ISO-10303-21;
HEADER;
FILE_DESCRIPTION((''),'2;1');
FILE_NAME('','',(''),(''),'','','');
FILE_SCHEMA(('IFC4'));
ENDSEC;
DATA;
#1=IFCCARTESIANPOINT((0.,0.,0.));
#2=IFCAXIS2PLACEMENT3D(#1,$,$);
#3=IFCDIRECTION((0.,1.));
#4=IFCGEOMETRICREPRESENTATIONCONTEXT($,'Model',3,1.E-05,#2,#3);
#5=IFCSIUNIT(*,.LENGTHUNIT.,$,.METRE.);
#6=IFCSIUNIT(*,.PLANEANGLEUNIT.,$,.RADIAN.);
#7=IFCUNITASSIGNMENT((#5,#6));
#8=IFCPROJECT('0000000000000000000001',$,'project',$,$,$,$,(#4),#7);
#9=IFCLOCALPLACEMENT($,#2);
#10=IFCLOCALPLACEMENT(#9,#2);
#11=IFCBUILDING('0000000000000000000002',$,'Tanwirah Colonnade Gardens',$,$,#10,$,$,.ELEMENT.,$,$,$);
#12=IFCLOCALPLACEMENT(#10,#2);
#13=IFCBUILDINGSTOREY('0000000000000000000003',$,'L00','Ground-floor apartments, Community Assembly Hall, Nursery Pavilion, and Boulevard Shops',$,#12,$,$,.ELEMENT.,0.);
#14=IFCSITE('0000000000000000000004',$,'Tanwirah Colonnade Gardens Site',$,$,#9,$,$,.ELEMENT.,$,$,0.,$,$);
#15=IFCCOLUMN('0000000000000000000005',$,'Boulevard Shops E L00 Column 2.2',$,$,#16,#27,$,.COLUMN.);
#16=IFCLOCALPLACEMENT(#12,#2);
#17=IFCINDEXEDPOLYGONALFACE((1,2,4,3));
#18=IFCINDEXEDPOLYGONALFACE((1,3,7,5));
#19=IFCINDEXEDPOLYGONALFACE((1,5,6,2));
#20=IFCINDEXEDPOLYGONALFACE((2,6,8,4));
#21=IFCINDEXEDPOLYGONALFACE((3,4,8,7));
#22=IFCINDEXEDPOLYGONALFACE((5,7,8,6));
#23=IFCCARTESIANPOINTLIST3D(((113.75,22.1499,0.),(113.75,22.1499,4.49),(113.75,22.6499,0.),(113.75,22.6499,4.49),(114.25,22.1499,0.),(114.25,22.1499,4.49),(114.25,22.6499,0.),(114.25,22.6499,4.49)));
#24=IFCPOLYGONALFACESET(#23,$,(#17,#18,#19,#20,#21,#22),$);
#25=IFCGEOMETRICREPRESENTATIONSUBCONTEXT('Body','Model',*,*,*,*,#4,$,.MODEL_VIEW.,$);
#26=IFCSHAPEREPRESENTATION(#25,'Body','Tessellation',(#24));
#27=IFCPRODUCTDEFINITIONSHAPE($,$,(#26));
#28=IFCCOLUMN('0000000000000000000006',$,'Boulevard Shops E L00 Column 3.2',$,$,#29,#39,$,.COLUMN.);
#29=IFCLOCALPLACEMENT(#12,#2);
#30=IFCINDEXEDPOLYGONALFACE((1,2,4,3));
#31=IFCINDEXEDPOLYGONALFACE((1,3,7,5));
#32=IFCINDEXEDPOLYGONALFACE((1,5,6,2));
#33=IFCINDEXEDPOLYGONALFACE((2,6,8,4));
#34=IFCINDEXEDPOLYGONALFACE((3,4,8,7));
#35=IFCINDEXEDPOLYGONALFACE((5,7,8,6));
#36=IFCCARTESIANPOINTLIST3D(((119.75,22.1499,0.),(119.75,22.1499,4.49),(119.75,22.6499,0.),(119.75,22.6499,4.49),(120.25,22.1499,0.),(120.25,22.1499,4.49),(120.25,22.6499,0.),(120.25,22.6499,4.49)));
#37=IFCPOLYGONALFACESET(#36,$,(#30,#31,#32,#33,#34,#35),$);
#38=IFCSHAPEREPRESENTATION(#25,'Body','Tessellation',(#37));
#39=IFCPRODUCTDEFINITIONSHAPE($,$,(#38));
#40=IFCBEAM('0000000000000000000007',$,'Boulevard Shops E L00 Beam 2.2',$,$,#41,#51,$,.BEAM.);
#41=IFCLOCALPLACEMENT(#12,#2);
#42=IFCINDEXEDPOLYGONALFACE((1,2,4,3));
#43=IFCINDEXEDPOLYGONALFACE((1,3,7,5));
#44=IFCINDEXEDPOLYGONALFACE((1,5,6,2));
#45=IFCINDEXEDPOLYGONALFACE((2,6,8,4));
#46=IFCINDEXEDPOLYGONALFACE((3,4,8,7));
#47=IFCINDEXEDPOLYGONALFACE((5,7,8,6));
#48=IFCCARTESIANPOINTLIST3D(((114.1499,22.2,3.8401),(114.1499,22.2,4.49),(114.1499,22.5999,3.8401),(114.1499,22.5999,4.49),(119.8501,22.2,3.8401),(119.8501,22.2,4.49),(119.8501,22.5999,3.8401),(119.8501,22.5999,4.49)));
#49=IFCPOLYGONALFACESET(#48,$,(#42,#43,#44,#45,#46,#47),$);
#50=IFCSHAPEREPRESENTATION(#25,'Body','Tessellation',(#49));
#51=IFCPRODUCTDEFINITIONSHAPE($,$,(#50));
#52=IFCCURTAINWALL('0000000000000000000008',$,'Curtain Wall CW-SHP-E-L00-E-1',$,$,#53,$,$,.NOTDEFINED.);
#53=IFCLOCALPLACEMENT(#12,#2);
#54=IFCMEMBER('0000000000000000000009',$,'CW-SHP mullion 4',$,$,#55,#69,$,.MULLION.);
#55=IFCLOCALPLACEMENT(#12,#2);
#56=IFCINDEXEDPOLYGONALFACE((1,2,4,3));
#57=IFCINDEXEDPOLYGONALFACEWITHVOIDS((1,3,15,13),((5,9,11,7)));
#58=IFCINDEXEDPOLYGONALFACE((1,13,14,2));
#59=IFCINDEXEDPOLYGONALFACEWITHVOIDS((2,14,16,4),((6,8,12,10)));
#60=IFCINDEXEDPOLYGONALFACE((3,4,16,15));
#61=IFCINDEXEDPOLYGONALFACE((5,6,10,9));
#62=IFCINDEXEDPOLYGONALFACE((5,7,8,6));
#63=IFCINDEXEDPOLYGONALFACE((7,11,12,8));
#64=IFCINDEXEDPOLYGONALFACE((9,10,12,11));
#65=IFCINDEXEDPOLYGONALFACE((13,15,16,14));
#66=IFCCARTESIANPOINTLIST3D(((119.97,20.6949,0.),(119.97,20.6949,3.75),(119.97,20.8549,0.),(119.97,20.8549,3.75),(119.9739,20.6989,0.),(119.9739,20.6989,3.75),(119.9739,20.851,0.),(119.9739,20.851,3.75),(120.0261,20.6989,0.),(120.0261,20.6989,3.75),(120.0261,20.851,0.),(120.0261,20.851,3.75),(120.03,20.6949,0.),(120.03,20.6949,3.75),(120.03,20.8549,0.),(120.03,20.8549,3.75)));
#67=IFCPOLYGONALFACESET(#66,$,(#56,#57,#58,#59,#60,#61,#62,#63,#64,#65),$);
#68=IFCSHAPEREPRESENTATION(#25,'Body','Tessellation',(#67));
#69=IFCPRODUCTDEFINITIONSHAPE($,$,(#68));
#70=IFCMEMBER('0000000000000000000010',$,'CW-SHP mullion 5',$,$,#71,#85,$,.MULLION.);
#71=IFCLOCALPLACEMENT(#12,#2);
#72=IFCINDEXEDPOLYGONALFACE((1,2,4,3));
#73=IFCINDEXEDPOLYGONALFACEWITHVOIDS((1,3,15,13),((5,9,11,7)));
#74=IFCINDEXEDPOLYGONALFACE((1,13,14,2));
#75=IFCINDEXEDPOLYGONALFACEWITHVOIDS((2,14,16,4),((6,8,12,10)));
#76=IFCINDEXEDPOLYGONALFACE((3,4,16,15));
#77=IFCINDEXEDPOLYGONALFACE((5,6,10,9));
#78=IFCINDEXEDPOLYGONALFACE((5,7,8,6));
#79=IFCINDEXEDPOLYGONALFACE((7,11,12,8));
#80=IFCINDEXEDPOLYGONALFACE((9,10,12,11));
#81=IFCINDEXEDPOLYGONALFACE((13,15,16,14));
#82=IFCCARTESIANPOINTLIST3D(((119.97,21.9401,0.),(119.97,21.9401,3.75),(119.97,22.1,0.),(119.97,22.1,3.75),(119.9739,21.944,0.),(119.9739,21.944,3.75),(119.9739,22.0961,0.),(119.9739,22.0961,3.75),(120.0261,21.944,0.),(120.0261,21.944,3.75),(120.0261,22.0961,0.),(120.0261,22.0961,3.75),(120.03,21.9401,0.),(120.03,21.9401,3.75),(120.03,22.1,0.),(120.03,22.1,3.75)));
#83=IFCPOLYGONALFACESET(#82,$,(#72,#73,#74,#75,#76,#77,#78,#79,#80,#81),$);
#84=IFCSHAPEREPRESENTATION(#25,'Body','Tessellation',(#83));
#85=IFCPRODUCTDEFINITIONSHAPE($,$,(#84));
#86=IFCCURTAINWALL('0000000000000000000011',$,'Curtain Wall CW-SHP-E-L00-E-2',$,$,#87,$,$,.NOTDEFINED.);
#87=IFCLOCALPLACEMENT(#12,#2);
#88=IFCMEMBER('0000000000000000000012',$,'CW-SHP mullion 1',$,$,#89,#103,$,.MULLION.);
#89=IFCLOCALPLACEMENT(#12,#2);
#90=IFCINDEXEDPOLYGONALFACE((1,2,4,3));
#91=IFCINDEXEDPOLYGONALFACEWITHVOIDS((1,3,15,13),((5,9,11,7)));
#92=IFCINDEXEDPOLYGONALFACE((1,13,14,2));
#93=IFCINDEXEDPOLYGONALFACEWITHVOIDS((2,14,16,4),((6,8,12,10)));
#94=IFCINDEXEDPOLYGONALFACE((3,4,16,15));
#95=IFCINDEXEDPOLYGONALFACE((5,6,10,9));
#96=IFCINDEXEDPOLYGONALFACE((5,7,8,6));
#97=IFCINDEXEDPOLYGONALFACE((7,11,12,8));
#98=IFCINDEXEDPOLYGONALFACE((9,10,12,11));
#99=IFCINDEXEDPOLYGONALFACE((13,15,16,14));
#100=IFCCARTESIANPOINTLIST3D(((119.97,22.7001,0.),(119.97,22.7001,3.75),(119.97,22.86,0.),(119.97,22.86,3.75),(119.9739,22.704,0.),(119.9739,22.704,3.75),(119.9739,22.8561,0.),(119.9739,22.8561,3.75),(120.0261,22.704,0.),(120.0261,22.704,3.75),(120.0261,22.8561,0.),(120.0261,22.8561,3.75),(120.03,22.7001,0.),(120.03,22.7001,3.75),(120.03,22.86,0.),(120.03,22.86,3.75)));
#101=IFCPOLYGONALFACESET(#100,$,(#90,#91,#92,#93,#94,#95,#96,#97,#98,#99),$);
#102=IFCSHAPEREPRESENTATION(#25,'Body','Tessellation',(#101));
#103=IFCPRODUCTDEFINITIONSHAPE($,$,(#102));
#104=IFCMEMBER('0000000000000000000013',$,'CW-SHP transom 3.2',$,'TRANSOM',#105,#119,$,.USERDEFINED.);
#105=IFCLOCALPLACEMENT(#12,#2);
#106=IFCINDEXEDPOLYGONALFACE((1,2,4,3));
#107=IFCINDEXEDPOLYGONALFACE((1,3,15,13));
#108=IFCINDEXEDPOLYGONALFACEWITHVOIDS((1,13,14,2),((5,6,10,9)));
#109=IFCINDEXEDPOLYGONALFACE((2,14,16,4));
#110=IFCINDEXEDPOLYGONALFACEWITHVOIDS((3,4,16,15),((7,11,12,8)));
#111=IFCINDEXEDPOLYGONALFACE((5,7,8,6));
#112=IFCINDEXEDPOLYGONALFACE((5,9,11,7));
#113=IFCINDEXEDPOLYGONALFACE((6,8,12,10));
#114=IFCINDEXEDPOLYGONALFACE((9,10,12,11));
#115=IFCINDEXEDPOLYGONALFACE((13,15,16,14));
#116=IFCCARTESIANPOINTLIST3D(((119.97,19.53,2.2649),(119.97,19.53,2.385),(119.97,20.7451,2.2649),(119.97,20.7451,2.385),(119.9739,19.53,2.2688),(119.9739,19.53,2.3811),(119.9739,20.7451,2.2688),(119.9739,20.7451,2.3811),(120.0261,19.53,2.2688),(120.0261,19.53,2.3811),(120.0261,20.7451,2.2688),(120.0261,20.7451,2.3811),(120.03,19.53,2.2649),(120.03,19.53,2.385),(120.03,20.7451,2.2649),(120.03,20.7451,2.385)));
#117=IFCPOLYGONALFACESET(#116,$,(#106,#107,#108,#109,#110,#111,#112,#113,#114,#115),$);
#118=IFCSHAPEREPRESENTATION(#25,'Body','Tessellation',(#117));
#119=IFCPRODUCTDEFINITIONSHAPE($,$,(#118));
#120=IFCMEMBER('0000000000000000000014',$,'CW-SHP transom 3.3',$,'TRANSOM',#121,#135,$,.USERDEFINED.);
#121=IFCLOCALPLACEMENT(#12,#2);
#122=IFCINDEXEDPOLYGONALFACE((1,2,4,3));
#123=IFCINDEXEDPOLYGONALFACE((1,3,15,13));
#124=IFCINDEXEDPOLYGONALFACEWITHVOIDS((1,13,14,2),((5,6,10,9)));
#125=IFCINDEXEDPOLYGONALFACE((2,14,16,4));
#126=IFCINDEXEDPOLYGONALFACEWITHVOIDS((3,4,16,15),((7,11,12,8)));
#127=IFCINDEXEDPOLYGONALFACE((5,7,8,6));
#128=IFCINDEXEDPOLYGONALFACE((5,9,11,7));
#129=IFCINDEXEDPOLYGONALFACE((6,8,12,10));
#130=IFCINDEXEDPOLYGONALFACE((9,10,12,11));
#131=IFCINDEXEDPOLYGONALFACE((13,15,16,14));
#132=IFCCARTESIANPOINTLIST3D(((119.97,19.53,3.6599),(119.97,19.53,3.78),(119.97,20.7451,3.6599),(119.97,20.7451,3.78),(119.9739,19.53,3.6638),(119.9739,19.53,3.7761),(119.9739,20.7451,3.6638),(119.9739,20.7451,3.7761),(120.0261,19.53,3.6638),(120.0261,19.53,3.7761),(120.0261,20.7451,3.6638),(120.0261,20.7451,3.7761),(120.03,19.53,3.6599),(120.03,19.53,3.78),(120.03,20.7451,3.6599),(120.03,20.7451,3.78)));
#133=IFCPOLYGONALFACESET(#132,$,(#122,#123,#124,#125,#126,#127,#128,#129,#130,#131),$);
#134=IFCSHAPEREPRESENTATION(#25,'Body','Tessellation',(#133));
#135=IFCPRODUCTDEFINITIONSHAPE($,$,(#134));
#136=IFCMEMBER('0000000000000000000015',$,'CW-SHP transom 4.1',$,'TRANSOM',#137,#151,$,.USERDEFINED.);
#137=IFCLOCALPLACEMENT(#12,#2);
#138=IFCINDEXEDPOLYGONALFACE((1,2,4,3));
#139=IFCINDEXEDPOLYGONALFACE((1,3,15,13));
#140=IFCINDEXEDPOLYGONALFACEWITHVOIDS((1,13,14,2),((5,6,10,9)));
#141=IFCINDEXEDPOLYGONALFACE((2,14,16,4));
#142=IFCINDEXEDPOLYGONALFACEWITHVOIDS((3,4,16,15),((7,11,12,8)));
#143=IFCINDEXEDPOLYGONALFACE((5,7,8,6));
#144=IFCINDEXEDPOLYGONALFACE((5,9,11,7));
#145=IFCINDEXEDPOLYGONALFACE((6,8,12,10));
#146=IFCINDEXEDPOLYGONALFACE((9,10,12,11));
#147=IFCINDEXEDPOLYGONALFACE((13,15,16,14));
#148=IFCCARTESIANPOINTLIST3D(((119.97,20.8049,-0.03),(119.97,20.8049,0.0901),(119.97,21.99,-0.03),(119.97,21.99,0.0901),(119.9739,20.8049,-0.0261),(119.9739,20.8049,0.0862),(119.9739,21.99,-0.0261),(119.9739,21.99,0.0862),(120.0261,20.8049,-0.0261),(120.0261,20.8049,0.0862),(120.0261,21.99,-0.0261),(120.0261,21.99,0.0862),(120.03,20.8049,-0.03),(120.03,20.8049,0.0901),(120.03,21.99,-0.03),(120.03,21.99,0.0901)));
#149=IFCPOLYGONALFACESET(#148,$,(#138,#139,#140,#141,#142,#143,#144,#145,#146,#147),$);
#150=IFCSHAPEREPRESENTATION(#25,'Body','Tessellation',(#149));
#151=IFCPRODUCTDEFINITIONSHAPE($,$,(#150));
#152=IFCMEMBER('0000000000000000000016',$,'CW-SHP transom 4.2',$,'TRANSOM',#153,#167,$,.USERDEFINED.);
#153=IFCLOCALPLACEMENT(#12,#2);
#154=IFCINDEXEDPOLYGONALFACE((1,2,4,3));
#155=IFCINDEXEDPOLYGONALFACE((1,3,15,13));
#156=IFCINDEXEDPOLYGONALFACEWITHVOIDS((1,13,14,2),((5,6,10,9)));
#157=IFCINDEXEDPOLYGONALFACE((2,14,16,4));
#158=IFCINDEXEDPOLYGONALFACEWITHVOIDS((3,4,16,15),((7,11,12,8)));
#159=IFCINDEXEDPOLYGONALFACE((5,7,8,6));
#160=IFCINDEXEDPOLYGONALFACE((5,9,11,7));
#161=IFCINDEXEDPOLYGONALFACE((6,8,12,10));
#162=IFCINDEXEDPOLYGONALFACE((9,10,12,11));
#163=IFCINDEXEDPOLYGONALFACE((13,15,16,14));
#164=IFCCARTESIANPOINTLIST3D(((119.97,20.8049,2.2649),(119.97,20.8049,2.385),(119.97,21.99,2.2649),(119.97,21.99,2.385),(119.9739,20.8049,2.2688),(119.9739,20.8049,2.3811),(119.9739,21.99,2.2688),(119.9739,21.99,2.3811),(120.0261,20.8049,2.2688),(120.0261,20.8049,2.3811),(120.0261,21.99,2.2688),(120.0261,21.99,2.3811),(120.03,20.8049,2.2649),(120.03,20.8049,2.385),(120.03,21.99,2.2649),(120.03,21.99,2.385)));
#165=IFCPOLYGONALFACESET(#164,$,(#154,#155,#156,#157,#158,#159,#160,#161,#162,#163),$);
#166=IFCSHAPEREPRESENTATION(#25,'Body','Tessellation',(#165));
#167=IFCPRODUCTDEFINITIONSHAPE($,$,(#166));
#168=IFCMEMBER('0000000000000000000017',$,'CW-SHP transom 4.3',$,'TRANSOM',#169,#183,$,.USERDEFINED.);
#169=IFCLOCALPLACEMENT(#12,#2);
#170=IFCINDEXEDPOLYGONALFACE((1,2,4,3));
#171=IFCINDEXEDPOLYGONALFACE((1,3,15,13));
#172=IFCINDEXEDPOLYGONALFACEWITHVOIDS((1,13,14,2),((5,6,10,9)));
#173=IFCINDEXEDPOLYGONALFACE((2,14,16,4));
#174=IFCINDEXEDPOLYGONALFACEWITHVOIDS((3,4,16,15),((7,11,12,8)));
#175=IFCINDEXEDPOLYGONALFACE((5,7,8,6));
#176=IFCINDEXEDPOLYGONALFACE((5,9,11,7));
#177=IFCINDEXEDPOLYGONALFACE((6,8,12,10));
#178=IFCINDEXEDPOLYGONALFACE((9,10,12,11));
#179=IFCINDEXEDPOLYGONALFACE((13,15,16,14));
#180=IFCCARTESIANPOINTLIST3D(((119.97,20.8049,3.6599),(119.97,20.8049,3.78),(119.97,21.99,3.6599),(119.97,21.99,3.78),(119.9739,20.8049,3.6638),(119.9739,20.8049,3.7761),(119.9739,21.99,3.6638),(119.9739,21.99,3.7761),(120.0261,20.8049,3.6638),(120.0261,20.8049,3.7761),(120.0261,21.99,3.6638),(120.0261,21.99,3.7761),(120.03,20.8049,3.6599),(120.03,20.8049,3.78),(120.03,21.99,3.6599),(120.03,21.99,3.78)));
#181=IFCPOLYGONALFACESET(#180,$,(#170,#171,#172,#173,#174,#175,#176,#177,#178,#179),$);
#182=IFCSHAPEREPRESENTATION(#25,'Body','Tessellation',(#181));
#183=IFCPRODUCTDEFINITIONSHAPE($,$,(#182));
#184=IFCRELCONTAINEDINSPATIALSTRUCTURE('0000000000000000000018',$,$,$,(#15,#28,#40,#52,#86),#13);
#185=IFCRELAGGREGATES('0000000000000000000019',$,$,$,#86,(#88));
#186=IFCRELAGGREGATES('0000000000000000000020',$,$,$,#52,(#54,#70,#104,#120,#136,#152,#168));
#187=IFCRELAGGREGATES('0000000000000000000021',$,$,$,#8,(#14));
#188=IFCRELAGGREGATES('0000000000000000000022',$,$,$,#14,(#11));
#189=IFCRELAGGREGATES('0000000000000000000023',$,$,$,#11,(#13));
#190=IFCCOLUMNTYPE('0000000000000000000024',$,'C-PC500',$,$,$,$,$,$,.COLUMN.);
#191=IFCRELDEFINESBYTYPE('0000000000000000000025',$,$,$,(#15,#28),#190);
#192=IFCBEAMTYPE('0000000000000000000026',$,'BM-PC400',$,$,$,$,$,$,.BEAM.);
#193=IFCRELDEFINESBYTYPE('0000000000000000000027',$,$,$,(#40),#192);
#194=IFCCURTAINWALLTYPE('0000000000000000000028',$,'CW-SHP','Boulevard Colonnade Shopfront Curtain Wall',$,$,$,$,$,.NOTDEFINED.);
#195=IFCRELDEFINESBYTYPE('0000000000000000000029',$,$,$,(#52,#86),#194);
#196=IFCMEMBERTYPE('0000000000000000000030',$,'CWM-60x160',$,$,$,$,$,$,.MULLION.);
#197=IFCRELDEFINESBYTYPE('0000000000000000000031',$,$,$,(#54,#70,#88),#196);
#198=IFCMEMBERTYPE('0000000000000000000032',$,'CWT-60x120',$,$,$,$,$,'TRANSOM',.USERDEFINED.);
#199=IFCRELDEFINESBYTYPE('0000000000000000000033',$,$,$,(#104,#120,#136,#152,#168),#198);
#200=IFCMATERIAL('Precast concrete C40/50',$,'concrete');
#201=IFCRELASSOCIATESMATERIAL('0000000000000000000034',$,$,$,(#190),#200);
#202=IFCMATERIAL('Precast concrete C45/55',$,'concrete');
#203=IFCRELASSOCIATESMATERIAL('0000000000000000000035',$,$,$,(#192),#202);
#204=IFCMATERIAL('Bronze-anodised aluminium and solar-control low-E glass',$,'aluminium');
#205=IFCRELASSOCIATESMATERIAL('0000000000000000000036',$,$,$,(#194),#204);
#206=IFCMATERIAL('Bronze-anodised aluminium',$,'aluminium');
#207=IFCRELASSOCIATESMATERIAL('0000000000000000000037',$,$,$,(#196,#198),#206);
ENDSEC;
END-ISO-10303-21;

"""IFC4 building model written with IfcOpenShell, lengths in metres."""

from ifc_helpers import new_model, si_unit, direction, frame, origin, origin_2d, place, context, subcontext, project, spatial, rectangle, hollow_rectangle, extrude, material, material_profile, profile_set, type_object, element, aggregate, save


model = new_model("IFC4")

# Units and contexts
model_context = context("Model", 3, precision=1e-05, world=origin(), true_north=direction((0.0, 1.0)))
body_context = subcontext(model_context, "Body", "Model", "MODEL_VIEW")
ifc_project = project(units=[si_unit("LENGTHUNIT", "METRE"), si_unit("PLANEANGLEUNIT", "RADIAN")], contexts=[model_context])

# Site, building, storey
site_placement = place(None, origin())
site = spatial("IfcSite", under=ifc_project, at=site_placement, Name="Tanwirah Colonnade Gardens Site", CompositionType="ELEMENT", RefElevation=0.0)
building_placement = place(site_placement, origin())
building = spatial("IfcBuilding", under=site, at=building_placement, Name="Tanwirah Colonnade Gardens", CompositionType="ELEMENT")
storey_placement = place(building_placement, origin())
storey = spatial("IfcBuildingStorey", under=building, at=storey_placement, Name="L00", Description="Ground-floor apartments, Community Assembly Hall, Nursery Pavilion, and Boulevard Shops", CompositionType="ELEMENT", Elevation=0.0)

# Columns
ifc_material_1 = material(Name="Precast concrete C40/50", Category="concrete")
ifc_material_profile_1 = material_profile(ifc_material_1, rectangle(XDim=0.5, YDim=0.5, at=origin_2d()), Name="PC-COL 500x500")
ifc_profile_set_1 = profile_set([ifc_material_profile_1], Name="Precast concrete C40/50")
column_type = type_object("IfcColumnType", Name="C-PC500", PredefinedType="COLUMN", material=ifc_profile_set_1)
for number, where, z_axis, x_axis, name in (
    (1, (114.0, 22.3999, 0.0), (0.0, 0.0, 1.0), (1.0, 0.0, 0.0), "Boulevard Shops E L00 Column 2.2"),
    (2, (120.0, 22.3999, 0.0), (0.0, 0.0, 1.0), (1.0, 0.0, 0.0), "Boulevard Shops E L00 Column 3.2"),
):
    element("IfcColumn", number, at=place(storey_placement, frame(where, z_axis=z_axis, x_axis=x_axis)), inside=storey, type_object=column_type, Name=name, PredefinedType="COLUMN", context=body_context, shape_type="SweptSolid", body=[
        extrude(rectangle(XDim=0.5, YDim=0.5, at=origin_2d()), origin(), (0.0, 0.0, 1.0), 4.49),
    ])

# Beam
ifc_material_2 = material(Name="Precast concrete C45/55", Category="concrete")
ifc_material_profile_2 = material_profile(ifc_material_2, rectangle(XDim=0.3999, YDim=0.6499, at=origin_2d()), Name="PC-BM 400x650")
ifc_profile_set_2 = profile_set([ifc_material_profile_2], Name="Precast concrete C45/55")
beam_type = type_object("IfcBeamType", Name="BM-PC400", PredefinedType="BEAM", material=ifc_profile_set_2)
beam_placement = place(storey_placement, frame((114.1499, 22.3999, 4.165), z_axis=(1.0, 0.0, 0.0), x_axis=(0.0, 1.0, 0.0)))
element("IfcBeam", 3, at=beam_placement, inside=storey, type_object=beam_type, Name="Boulevard Shops E L00 Beam 2.2", PredefinedType="BEAM", context=body_context, shape_type="SweptSolid", body=[
    extrude(rectangle(XDim=0.3999, YDim=0.6499, at=origin_2d()), origin(), (0.0, 0.0, 1.0), 5.7002),
])

# Curtain wall, members
ifc_material_3 = material(Name="Bronze-anodised aluminium and solar-control low-E glass", Category="aluminium")
curtain_wall_type = type_object("IfcCurtainWallType", Name="CW-SHP", Description="Boulevard Colonnade Shopfront Curtain Wall", PredefinedType="NOTDEFINED", material=ifc_material_3)
curtain_wall_1_placement = place(storey_placement, origin())
curtain_wall_1 = element("IfcCurtainWall", 4, at=curtain_wall_1_placement, inside=storey, type_object=curtain_wall_type, Name="Curtain Wall CW-SHP-E-L00-E-1", PredefinedType="NOTDEFINED")
ifc_material_4 = material(Name="Bronze-anodised aluminium", Category="aluminium")
ifc_material_profile_3 = material_profile(ifc_material_4, hollow_rectangle(XDim=0.0601, YDim=0.1599, WallThickness=0.0039, at=origin_2d()), Name="CW-MUL 60x160x4")
ifc_profile_set_3 = profile_set([ifc_material_profile_3], Name="Bronze-anodised aluminium")
member_type_1 = type_object("IfcMemberType", Name="CWM-60x160", PredefinedType="MULLION", material=ifc_profile_set_3)
member_1_placement = place(storey_placement, frame((120.0, 20.7749, 0.0), z_axis=(0.0, 0.0, 1.0), x_axis=(-1.0, 0.0, 0.0)))
member_1 = element("IfcMember", 5, at=member_1_placement, type_object=member_type_1, Name="CW-SHP mullion 4", PredefinedType="MULLION", context=body_context, shape_type="SweptSolid", body=[
    extrude(hollow_rectangle(XDim=0.0601, YDim=0.1599, WallThickness=0.0039, at=origin_2d()), origin(), (0.0, 0.0, 1.0), 3.75),
])
member_2_placement = place(storey_placement, frame((120.0, 22.02, 0.0), z_axis=(0.0, 0.0, 1.0), x_axis=(-1.0, 0.0, 0.0)))
member_2 = element("IfcMember", 6, at=member_2_placement, type_object=member_type_1, Name="CW-SHP mullion 5", PredefinedType="MULLION", context=body_context, shape_type="SweptSolid", body=[
    extrude(hollow_rectangle(XDim=0.0601, YDim=0.1599, WallThickness=0.0039, at=origin_2d()), origin(), (0.0, 0.0, 1.0), 3.75),
])

# Curtain wall, member
curtain_wall_2_placement = place(storey_placement, origin())
curtain_wall_2 = element("IfcCurtainWall", 7, at=curtain_wall_2_placement, inside=storey, type_object=curtain_wall_type, Name="Curtain Wall CW-SHP-E-L00-E-2", PredefinedType="NOTDEFINED")
member_3_placement = place(storey_placement, frame((120.0, 22.78, 0.0), z_axis=(0.0, 0.0, 1.0), x_axis=(-1.0, 0.0, 0.0)))
member_3 = element("IfcMember", 8, at=member_3_placement, type_object=member_type_1, Name="CW-SHP mullion 1", PredefinedType="MULLION", context=body_context, shape_type="SweptSolid", body=[
    extrude(hollow_rectangle(XDim=0.0601, YDim=0.1599, WallThickness=0.0039, at=origin_2d()), origin(), (0.0, 0.0, 1.0), 3.75),
])

# Members
ifc_material_profile_4 = material_profile(ifc_material_4, hollow_rectangle(XDim=0.0601, YDim=0.1201, WallThickness=0.0039, at=origin_2d()), Name="CW-TRN 60x120x4")
ifc_profile_set_4 = profile_set([ifc_material_profile_4], Name="Bronze-anodised aluminium")
member_type_2 = type_object("IfcMemberType", Name="CWT-60x120", ElementType="TRANSOM", PredefinedType="USERDEFINED", material=ifc_profile_set_4)
member_4_placement = place(storey_placement, frame((120.0, 19.53, 2.325), z_axis=(0.0, 1.0, 0.0), x_axis=(-1.0, 0.0, 0.0)))
member_4 = element("IfcMember", 9, at=member_4_placement, type_object=member_type_2, Name="CW-SHP transom 3.2", ObjectType="TRANSOM", PredefinedType="USERDEFINED", context=body_context, shape_type="SweptSolid", body=[
    extrude(hollow_rectangle(XDim=0.0601, YDim=0.1201, WallThickness=0.0039, at=origin_2d()), origin(), (0.0, 0.0, 1.0), 1.2151),
])
member_5_placement = place(storey_placement, frame((120.0, 19.53, 3.72), z_axis=(0.0, 1.0, 0.0), x_axis=(-1.0, 0.0, 0.0)))
member_5 = element("IfcMember", 10, at=member_5_placement, type_object=member_type_2, Name="CW-SHP transom 3.3", ObjectType="TRANSOM", PredefinedType="USERDEFINED", context=body_context, shape_type="SweptSolid", body=[
    extrude(hollow_rectangle(XDim=0.0601, YDim=0.1201, WallThickness=0.0039, at=origin_2d()), origin(), (0.0, 0.0, 1.0), 1.2151),
])
member_6_placement = place(storey_placement, frame((120.0, 20.8049, 0.03), z_axis=(0.0, 1.0, 0.0), x_axis=(-1.0, 0.0, 0.0)))
member_6 = element("IfcMember", 11, at=member_6_placement, type_object=member_type_2, Name="CW-SHP transom 4.1", ObjectType="TRANSOM", PredefinedType="USERDEFINED", context=body_context, shape_type="SweptSolid", body=[
    extrude(hollow_rectangle(XDim=0.0601, YDim=0.1201, WallThickness=0.0039, at=origin_2d()), origin(), (0.0, 0.0, 1.0), 1.1851),
])
member_7_placement = place(storey_placement, frame((120.0, 20.8049, 2.325), z_axis=(0.0, 1.0, 0.0), x_axis=(-1.0, 0.0, 0.0)))
member_7 = element("IfcMember", 12, at=member_7_placement, type_object=member_type_2, Name="CW-SHP transom 4.2", ObjectType="TRANSOM", PredefinedType="USERDEFINED", context=body_context, shape_type="SweptSolid", body=[
    extrude(hollow_rectangle(XDim=0.0601, YDim=0.1201, WallThickness=0.0039, at=origin_2d()), origin(), (0.0, 0.0, 1.0), 1.1851),
])
member_8_placement = place(storey_placement, frame((120.0, 20.8049, 3.72), z_axis=(0.0, 1.0, 0.0), x_axis=(-1.0, 0.0, 0.0)))
member_8 = element("IfcMember", 13, at=member_8_placement, type_object=member_type_2, Name="CW-SHP transom 4.3", ObjectType="TRANSOM", PredefinedType="USERDEFINED", context=body_context, shape_type="SweptSolid", body=[
    extrude(hollow_rectangle(XDim=0.0601, YDim=0.1201, WallThickness=0.0039, at=origin_2d()), origin(), (0.0, 0.0, 1.0), 1.1851),
])
aggregate(curtain_wall_2, [member_3])

aggregate(curtain_wall_1, [member_1, member_2, member_4, member_5, member_6, member_7, member_8])

save(model, "model.ifc")
